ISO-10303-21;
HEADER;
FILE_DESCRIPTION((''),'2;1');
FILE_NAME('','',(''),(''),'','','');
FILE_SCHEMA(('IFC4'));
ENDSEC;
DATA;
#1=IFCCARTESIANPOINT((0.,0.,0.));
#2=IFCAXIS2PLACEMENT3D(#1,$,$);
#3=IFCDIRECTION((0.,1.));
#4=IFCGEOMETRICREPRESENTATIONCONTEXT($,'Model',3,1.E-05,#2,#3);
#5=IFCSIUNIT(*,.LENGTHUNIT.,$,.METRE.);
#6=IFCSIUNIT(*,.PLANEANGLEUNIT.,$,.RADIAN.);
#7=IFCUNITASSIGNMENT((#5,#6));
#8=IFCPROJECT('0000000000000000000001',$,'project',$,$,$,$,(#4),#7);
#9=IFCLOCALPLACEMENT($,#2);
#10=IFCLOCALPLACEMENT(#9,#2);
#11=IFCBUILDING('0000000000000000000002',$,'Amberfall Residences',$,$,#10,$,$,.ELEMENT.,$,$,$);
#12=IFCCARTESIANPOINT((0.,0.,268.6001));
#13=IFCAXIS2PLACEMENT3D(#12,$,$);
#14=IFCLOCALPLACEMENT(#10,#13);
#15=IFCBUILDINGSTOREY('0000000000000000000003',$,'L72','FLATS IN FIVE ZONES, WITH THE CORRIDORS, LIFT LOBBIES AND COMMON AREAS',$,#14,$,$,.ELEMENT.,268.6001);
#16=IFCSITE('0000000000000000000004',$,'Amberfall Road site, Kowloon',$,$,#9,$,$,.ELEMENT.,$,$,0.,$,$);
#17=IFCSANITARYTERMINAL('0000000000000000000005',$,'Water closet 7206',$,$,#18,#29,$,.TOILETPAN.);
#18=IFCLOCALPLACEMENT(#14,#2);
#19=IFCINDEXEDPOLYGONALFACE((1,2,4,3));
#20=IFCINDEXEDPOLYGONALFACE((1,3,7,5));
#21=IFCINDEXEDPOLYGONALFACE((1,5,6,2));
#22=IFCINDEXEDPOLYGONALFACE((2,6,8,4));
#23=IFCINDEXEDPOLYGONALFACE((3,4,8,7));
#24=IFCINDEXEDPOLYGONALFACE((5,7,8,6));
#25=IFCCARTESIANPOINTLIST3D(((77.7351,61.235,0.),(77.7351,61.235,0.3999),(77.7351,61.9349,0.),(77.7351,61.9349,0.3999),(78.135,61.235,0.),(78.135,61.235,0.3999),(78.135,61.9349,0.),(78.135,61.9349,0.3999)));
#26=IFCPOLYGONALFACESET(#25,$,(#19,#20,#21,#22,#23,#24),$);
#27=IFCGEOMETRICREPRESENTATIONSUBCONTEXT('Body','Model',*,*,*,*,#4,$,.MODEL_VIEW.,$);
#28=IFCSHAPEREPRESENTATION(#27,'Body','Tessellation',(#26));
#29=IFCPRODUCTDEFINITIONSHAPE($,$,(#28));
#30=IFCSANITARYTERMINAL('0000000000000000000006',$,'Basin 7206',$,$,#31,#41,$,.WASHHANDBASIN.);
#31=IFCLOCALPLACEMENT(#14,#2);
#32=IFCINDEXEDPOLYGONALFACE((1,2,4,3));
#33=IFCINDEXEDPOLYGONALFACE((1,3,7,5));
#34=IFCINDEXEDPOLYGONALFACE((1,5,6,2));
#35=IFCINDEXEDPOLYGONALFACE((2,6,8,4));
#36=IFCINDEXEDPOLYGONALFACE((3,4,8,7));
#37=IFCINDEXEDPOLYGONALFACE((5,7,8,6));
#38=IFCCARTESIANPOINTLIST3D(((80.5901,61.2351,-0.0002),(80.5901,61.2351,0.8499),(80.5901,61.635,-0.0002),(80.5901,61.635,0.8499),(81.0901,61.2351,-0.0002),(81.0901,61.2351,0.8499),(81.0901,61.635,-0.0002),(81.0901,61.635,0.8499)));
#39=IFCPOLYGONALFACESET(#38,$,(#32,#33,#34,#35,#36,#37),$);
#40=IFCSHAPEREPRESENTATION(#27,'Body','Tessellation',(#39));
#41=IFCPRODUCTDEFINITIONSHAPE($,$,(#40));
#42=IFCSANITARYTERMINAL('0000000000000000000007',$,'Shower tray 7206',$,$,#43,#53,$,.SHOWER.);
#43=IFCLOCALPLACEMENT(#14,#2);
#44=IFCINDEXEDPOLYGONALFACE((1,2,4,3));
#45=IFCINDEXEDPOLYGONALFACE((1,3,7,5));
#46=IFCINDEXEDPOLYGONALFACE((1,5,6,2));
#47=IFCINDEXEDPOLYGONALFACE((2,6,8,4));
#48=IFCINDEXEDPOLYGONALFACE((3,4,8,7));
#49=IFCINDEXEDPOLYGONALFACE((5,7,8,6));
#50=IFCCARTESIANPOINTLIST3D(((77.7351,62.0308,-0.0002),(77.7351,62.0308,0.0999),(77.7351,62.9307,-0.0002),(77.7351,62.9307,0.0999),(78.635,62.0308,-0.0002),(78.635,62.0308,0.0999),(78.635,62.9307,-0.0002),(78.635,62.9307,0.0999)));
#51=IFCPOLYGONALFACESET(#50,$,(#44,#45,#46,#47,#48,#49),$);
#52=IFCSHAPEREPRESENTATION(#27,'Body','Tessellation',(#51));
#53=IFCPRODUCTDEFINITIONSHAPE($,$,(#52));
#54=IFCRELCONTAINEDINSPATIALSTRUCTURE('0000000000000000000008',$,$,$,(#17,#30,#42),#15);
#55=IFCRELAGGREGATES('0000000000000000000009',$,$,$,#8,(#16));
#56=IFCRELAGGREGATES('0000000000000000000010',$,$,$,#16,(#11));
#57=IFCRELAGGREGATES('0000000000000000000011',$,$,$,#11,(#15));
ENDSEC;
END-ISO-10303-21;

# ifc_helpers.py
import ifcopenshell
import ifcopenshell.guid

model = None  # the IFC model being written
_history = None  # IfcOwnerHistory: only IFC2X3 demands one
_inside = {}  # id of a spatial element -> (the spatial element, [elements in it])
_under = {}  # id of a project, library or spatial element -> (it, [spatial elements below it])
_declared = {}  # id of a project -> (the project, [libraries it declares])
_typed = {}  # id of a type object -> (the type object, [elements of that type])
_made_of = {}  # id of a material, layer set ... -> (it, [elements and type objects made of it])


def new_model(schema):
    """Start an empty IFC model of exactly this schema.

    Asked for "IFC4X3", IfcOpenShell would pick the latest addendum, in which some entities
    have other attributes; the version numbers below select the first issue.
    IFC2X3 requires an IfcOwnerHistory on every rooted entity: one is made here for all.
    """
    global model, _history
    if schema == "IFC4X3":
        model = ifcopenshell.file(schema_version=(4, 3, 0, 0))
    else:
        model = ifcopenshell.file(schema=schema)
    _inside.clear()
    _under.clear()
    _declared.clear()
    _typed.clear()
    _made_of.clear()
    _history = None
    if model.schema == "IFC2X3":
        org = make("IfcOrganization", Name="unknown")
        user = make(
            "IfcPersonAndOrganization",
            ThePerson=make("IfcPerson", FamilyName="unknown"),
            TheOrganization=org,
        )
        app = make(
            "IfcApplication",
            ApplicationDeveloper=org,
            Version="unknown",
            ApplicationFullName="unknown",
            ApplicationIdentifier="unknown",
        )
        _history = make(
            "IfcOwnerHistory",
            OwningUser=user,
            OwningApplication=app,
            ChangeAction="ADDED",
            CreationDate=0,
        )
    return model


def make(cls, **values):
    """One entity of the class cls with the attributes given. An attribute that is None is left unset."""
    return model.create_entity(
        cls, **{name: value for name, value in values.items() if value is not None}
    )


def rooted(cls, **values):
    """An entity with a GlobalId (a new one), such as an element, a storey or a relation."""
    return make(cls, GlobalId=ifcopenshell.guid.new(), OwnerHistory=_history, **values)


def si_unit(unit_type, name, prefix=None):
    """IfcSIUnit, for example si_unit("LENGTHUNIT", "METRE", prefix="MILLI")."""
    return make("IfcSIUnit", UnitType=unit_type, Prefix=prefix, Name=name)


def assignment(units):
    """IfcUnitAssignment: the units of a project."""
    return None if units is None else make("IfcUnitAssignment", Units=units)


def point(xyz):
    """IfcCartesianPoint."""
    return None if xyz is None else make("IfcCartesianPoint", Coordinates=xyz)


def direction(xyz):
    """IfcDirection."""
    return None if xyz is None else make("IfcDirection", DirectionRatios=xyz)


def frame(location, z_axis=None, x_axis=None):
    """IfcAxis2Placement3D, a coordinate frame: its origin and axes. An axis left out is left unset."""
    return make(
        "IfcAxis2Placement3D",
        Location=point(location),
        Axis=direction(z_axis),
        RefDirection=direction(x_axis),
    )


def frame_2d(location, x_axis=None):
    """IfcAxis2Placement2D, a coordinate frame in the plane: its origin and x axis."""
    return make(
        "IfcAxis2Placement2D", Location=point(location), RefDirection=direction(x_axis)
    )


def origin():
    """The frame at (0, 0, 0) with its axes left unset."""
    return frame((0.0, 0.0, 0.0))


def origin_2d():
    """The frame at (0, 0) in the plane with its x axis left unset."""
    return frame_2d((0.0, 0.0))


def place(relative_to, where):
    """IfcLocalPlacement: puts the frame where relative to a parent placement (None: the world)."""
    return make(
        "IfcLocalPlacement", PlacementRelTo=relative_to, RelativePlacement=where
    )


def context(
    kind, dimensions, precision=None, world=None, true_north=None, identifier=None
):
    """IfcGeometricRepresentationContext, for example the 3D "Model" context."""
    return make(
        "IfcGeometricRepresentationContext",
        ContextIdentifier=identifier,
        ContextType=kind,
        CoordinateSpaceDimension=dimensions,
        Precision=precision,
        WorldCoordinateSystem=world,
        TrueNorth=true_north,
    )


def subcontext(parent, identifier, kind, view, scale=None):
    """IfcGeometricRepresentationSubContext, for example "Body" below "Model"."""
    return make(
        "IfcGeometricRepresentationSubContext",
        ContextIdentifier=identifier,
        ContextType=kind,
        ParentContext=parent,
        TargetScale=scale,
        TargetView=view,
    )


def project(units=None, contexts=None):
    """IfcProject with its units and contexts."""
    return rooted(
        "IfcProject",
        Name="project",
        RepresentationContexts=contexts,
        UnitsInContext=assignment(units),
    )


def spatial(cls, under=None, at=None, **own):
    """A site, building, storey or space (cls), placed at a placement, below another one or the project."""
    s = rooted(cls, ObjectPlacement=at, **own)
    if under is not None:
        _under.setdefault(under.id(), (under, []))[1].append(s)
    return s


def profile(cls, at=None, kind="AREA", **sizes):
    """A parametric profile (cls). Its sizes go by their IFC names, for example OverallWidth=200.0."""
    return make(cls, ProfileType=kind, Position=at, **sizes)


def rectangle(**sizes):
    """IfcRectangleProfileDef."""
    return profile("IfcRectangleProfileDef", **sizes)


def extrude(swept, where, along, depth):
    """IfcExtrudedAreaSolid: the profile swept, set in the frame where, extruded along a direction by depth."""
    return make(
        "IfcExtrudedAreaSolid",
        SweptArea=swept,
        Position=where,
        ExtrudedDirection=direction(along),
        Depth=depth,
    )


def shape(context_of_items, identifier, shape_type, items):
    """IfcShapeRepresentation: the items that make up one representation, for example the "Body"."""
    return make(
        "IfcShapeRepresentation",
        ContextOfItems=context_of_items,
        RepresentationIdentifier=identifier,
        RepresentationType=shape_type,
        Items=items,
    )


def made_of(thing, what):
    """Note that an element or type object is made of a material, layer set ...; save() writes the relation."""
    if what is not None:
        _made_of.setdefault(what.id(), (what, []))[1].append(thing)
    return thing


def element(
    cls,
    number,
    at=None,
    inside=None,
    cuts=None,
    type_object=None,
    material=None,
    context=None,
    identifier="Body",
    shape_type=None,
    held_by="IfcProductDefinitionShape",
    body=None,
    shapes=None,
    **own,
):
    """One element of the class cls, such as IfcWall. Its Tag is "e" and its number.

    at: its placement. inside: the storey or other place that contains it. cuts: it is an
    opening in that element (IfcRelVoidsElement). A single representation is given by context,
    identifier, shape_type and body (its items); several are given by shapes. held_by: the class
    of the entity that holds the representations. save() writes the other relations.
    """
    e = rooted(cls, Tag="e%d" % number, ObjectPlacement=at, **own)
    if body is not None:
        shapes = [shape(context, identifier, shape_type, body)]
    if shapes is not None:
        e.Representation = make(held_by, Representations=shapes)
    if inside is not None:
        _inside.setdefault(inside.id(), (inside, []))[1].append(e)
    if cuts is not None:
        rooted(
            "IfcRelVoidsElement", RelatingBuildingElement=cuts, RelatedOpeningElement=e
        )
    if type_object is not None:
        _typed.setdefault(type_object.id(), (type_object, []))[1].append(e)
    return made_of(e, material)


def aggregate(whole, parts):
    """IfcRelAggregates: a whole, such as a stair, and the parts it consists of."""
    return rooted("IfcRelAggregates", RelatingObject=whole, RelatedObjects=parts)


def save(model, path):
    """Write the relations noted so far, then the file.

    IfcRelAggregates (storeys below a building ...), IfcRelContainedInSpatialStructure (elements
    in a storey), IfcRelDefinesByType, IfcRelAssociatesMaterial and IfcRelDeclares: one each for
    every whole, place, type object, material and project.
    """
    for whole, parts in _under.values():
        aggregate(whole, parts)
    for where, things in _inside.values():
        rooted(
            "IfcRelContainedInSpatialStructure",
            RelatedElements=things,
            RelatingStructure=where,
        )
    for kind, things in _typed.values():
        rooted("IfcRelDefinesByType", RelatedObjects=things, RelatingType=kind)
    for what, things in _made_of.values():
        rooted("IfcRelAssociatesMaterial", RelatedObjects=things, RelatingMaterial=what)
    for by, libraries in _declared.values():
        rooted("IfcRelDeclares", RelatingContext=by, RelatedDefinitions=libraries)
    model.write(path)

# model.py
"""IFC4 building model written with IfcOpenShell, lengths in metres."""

from ifc_helpers import new_model, si_unit, direction, frame, origin, origin_2d, place, context, subcontext, project, spatial, rectangle, extrude, element, save


model = new_model("IFC4")

# Units and contexts
model_context = context("Model", 3, precision=1e-05, world=origin(), true_north=direction((0.0, 1.0)))
body_context = subcontext(model_context, "Body", "Model", "MODEL_VIEW")
ifc_project = project(units=[si_unit("LENGTHUNIT", "METRE"), si_unit("PLANEANGLEUNIT", "RADIAN")], contexts=[model_context])

# Site, building, storey
site_placement = place(None, origin())
site = spatial("IfcSite", under=ifc_project, at=site_placement, Name="Amberfall Road site, Kowloon", CompositionType="ELEMENT", RefElevation=0.0)
building_placement = place(site_placement, origin())
building = spatial("IfcBuilding", under=site, at=building_placement, Name="Amberfall Residences", CompositionType="ELEMENT")
storey_placement = place(building_placement, frame((0.0, 0.0, 268.6001)))
storey = spatial("IfcBuildingStorey", under=building, at=storey_placement, Name="L72", Description="FLATS IN FIVE ZONES, WITH THE CORRIDORS, LIFT LOBBIES AND COMMON AREAS", CompositionType="ELEMENT", Elevation=268.6001)

# Sanitary terminals
sanitary_terminal_1_placement = place(storey_placement, frame((77.9351, 61.585, 0.0), z_axis=(0.0, 0.0, 1.0), x_axis=(1.0, 0.0, 0.0)))
element("IfcSanitaryTerminal", 1, at=sanitary_terminal_1_placement, inside=storey, Name="Water closet 7206", PredefinedType="TOILETPAN", context=body_context, shape_type="SweptSolid", body=[
    extrude(rectangle(XDim=0.3999, YDim=0.7, at=origin_2d()), origin(), (0.0, 0.0, 1.0), 0.3999),
])
sanitary_terminal_2_placement = place(storey_placement, frame((80.8401, 61.4351, -0.0002), z_axis=(0.0, 0.0, 1.0), x_axis=(1.0, 0.0, 0.0)))
element("IfcSanitaryTerminal", 2, at=sanitary_terminal_2_placement, inside=storey, Name="Basin 7206", PredefinedType="WASHHANDBASIN", context=body_context, shape_type="SweptSolid", body=[
    extrude(rectangle(XDim=0.5, YDim=0.3999, at=origin_2d()), origin(), (0.0, 0.0, 1.0), 0.8501),
])
sanitary_terminal_3_placement = place(storey_placement, frame((78.1851, 62.4807, -0.0002), z_axis=(0.0, 0.0, 1.0), x_axis=(1.0, 0.0, 0.0)))
element("IfcSanitaryTerminal", 3, at=sanitary_terminal_3_placement, inside=storey, Name="Shower tray 7206", PredefinedType="SHOWER", context=body_context, shape_type="SweptSolid", body=[
    extrude(rectangle(XDim=0.8999, YDim=0.8999, at=origin_2d()), origin(), (0.0, 0.0, 1.0), 0.1001),
])

save(model, "model.ifc")
